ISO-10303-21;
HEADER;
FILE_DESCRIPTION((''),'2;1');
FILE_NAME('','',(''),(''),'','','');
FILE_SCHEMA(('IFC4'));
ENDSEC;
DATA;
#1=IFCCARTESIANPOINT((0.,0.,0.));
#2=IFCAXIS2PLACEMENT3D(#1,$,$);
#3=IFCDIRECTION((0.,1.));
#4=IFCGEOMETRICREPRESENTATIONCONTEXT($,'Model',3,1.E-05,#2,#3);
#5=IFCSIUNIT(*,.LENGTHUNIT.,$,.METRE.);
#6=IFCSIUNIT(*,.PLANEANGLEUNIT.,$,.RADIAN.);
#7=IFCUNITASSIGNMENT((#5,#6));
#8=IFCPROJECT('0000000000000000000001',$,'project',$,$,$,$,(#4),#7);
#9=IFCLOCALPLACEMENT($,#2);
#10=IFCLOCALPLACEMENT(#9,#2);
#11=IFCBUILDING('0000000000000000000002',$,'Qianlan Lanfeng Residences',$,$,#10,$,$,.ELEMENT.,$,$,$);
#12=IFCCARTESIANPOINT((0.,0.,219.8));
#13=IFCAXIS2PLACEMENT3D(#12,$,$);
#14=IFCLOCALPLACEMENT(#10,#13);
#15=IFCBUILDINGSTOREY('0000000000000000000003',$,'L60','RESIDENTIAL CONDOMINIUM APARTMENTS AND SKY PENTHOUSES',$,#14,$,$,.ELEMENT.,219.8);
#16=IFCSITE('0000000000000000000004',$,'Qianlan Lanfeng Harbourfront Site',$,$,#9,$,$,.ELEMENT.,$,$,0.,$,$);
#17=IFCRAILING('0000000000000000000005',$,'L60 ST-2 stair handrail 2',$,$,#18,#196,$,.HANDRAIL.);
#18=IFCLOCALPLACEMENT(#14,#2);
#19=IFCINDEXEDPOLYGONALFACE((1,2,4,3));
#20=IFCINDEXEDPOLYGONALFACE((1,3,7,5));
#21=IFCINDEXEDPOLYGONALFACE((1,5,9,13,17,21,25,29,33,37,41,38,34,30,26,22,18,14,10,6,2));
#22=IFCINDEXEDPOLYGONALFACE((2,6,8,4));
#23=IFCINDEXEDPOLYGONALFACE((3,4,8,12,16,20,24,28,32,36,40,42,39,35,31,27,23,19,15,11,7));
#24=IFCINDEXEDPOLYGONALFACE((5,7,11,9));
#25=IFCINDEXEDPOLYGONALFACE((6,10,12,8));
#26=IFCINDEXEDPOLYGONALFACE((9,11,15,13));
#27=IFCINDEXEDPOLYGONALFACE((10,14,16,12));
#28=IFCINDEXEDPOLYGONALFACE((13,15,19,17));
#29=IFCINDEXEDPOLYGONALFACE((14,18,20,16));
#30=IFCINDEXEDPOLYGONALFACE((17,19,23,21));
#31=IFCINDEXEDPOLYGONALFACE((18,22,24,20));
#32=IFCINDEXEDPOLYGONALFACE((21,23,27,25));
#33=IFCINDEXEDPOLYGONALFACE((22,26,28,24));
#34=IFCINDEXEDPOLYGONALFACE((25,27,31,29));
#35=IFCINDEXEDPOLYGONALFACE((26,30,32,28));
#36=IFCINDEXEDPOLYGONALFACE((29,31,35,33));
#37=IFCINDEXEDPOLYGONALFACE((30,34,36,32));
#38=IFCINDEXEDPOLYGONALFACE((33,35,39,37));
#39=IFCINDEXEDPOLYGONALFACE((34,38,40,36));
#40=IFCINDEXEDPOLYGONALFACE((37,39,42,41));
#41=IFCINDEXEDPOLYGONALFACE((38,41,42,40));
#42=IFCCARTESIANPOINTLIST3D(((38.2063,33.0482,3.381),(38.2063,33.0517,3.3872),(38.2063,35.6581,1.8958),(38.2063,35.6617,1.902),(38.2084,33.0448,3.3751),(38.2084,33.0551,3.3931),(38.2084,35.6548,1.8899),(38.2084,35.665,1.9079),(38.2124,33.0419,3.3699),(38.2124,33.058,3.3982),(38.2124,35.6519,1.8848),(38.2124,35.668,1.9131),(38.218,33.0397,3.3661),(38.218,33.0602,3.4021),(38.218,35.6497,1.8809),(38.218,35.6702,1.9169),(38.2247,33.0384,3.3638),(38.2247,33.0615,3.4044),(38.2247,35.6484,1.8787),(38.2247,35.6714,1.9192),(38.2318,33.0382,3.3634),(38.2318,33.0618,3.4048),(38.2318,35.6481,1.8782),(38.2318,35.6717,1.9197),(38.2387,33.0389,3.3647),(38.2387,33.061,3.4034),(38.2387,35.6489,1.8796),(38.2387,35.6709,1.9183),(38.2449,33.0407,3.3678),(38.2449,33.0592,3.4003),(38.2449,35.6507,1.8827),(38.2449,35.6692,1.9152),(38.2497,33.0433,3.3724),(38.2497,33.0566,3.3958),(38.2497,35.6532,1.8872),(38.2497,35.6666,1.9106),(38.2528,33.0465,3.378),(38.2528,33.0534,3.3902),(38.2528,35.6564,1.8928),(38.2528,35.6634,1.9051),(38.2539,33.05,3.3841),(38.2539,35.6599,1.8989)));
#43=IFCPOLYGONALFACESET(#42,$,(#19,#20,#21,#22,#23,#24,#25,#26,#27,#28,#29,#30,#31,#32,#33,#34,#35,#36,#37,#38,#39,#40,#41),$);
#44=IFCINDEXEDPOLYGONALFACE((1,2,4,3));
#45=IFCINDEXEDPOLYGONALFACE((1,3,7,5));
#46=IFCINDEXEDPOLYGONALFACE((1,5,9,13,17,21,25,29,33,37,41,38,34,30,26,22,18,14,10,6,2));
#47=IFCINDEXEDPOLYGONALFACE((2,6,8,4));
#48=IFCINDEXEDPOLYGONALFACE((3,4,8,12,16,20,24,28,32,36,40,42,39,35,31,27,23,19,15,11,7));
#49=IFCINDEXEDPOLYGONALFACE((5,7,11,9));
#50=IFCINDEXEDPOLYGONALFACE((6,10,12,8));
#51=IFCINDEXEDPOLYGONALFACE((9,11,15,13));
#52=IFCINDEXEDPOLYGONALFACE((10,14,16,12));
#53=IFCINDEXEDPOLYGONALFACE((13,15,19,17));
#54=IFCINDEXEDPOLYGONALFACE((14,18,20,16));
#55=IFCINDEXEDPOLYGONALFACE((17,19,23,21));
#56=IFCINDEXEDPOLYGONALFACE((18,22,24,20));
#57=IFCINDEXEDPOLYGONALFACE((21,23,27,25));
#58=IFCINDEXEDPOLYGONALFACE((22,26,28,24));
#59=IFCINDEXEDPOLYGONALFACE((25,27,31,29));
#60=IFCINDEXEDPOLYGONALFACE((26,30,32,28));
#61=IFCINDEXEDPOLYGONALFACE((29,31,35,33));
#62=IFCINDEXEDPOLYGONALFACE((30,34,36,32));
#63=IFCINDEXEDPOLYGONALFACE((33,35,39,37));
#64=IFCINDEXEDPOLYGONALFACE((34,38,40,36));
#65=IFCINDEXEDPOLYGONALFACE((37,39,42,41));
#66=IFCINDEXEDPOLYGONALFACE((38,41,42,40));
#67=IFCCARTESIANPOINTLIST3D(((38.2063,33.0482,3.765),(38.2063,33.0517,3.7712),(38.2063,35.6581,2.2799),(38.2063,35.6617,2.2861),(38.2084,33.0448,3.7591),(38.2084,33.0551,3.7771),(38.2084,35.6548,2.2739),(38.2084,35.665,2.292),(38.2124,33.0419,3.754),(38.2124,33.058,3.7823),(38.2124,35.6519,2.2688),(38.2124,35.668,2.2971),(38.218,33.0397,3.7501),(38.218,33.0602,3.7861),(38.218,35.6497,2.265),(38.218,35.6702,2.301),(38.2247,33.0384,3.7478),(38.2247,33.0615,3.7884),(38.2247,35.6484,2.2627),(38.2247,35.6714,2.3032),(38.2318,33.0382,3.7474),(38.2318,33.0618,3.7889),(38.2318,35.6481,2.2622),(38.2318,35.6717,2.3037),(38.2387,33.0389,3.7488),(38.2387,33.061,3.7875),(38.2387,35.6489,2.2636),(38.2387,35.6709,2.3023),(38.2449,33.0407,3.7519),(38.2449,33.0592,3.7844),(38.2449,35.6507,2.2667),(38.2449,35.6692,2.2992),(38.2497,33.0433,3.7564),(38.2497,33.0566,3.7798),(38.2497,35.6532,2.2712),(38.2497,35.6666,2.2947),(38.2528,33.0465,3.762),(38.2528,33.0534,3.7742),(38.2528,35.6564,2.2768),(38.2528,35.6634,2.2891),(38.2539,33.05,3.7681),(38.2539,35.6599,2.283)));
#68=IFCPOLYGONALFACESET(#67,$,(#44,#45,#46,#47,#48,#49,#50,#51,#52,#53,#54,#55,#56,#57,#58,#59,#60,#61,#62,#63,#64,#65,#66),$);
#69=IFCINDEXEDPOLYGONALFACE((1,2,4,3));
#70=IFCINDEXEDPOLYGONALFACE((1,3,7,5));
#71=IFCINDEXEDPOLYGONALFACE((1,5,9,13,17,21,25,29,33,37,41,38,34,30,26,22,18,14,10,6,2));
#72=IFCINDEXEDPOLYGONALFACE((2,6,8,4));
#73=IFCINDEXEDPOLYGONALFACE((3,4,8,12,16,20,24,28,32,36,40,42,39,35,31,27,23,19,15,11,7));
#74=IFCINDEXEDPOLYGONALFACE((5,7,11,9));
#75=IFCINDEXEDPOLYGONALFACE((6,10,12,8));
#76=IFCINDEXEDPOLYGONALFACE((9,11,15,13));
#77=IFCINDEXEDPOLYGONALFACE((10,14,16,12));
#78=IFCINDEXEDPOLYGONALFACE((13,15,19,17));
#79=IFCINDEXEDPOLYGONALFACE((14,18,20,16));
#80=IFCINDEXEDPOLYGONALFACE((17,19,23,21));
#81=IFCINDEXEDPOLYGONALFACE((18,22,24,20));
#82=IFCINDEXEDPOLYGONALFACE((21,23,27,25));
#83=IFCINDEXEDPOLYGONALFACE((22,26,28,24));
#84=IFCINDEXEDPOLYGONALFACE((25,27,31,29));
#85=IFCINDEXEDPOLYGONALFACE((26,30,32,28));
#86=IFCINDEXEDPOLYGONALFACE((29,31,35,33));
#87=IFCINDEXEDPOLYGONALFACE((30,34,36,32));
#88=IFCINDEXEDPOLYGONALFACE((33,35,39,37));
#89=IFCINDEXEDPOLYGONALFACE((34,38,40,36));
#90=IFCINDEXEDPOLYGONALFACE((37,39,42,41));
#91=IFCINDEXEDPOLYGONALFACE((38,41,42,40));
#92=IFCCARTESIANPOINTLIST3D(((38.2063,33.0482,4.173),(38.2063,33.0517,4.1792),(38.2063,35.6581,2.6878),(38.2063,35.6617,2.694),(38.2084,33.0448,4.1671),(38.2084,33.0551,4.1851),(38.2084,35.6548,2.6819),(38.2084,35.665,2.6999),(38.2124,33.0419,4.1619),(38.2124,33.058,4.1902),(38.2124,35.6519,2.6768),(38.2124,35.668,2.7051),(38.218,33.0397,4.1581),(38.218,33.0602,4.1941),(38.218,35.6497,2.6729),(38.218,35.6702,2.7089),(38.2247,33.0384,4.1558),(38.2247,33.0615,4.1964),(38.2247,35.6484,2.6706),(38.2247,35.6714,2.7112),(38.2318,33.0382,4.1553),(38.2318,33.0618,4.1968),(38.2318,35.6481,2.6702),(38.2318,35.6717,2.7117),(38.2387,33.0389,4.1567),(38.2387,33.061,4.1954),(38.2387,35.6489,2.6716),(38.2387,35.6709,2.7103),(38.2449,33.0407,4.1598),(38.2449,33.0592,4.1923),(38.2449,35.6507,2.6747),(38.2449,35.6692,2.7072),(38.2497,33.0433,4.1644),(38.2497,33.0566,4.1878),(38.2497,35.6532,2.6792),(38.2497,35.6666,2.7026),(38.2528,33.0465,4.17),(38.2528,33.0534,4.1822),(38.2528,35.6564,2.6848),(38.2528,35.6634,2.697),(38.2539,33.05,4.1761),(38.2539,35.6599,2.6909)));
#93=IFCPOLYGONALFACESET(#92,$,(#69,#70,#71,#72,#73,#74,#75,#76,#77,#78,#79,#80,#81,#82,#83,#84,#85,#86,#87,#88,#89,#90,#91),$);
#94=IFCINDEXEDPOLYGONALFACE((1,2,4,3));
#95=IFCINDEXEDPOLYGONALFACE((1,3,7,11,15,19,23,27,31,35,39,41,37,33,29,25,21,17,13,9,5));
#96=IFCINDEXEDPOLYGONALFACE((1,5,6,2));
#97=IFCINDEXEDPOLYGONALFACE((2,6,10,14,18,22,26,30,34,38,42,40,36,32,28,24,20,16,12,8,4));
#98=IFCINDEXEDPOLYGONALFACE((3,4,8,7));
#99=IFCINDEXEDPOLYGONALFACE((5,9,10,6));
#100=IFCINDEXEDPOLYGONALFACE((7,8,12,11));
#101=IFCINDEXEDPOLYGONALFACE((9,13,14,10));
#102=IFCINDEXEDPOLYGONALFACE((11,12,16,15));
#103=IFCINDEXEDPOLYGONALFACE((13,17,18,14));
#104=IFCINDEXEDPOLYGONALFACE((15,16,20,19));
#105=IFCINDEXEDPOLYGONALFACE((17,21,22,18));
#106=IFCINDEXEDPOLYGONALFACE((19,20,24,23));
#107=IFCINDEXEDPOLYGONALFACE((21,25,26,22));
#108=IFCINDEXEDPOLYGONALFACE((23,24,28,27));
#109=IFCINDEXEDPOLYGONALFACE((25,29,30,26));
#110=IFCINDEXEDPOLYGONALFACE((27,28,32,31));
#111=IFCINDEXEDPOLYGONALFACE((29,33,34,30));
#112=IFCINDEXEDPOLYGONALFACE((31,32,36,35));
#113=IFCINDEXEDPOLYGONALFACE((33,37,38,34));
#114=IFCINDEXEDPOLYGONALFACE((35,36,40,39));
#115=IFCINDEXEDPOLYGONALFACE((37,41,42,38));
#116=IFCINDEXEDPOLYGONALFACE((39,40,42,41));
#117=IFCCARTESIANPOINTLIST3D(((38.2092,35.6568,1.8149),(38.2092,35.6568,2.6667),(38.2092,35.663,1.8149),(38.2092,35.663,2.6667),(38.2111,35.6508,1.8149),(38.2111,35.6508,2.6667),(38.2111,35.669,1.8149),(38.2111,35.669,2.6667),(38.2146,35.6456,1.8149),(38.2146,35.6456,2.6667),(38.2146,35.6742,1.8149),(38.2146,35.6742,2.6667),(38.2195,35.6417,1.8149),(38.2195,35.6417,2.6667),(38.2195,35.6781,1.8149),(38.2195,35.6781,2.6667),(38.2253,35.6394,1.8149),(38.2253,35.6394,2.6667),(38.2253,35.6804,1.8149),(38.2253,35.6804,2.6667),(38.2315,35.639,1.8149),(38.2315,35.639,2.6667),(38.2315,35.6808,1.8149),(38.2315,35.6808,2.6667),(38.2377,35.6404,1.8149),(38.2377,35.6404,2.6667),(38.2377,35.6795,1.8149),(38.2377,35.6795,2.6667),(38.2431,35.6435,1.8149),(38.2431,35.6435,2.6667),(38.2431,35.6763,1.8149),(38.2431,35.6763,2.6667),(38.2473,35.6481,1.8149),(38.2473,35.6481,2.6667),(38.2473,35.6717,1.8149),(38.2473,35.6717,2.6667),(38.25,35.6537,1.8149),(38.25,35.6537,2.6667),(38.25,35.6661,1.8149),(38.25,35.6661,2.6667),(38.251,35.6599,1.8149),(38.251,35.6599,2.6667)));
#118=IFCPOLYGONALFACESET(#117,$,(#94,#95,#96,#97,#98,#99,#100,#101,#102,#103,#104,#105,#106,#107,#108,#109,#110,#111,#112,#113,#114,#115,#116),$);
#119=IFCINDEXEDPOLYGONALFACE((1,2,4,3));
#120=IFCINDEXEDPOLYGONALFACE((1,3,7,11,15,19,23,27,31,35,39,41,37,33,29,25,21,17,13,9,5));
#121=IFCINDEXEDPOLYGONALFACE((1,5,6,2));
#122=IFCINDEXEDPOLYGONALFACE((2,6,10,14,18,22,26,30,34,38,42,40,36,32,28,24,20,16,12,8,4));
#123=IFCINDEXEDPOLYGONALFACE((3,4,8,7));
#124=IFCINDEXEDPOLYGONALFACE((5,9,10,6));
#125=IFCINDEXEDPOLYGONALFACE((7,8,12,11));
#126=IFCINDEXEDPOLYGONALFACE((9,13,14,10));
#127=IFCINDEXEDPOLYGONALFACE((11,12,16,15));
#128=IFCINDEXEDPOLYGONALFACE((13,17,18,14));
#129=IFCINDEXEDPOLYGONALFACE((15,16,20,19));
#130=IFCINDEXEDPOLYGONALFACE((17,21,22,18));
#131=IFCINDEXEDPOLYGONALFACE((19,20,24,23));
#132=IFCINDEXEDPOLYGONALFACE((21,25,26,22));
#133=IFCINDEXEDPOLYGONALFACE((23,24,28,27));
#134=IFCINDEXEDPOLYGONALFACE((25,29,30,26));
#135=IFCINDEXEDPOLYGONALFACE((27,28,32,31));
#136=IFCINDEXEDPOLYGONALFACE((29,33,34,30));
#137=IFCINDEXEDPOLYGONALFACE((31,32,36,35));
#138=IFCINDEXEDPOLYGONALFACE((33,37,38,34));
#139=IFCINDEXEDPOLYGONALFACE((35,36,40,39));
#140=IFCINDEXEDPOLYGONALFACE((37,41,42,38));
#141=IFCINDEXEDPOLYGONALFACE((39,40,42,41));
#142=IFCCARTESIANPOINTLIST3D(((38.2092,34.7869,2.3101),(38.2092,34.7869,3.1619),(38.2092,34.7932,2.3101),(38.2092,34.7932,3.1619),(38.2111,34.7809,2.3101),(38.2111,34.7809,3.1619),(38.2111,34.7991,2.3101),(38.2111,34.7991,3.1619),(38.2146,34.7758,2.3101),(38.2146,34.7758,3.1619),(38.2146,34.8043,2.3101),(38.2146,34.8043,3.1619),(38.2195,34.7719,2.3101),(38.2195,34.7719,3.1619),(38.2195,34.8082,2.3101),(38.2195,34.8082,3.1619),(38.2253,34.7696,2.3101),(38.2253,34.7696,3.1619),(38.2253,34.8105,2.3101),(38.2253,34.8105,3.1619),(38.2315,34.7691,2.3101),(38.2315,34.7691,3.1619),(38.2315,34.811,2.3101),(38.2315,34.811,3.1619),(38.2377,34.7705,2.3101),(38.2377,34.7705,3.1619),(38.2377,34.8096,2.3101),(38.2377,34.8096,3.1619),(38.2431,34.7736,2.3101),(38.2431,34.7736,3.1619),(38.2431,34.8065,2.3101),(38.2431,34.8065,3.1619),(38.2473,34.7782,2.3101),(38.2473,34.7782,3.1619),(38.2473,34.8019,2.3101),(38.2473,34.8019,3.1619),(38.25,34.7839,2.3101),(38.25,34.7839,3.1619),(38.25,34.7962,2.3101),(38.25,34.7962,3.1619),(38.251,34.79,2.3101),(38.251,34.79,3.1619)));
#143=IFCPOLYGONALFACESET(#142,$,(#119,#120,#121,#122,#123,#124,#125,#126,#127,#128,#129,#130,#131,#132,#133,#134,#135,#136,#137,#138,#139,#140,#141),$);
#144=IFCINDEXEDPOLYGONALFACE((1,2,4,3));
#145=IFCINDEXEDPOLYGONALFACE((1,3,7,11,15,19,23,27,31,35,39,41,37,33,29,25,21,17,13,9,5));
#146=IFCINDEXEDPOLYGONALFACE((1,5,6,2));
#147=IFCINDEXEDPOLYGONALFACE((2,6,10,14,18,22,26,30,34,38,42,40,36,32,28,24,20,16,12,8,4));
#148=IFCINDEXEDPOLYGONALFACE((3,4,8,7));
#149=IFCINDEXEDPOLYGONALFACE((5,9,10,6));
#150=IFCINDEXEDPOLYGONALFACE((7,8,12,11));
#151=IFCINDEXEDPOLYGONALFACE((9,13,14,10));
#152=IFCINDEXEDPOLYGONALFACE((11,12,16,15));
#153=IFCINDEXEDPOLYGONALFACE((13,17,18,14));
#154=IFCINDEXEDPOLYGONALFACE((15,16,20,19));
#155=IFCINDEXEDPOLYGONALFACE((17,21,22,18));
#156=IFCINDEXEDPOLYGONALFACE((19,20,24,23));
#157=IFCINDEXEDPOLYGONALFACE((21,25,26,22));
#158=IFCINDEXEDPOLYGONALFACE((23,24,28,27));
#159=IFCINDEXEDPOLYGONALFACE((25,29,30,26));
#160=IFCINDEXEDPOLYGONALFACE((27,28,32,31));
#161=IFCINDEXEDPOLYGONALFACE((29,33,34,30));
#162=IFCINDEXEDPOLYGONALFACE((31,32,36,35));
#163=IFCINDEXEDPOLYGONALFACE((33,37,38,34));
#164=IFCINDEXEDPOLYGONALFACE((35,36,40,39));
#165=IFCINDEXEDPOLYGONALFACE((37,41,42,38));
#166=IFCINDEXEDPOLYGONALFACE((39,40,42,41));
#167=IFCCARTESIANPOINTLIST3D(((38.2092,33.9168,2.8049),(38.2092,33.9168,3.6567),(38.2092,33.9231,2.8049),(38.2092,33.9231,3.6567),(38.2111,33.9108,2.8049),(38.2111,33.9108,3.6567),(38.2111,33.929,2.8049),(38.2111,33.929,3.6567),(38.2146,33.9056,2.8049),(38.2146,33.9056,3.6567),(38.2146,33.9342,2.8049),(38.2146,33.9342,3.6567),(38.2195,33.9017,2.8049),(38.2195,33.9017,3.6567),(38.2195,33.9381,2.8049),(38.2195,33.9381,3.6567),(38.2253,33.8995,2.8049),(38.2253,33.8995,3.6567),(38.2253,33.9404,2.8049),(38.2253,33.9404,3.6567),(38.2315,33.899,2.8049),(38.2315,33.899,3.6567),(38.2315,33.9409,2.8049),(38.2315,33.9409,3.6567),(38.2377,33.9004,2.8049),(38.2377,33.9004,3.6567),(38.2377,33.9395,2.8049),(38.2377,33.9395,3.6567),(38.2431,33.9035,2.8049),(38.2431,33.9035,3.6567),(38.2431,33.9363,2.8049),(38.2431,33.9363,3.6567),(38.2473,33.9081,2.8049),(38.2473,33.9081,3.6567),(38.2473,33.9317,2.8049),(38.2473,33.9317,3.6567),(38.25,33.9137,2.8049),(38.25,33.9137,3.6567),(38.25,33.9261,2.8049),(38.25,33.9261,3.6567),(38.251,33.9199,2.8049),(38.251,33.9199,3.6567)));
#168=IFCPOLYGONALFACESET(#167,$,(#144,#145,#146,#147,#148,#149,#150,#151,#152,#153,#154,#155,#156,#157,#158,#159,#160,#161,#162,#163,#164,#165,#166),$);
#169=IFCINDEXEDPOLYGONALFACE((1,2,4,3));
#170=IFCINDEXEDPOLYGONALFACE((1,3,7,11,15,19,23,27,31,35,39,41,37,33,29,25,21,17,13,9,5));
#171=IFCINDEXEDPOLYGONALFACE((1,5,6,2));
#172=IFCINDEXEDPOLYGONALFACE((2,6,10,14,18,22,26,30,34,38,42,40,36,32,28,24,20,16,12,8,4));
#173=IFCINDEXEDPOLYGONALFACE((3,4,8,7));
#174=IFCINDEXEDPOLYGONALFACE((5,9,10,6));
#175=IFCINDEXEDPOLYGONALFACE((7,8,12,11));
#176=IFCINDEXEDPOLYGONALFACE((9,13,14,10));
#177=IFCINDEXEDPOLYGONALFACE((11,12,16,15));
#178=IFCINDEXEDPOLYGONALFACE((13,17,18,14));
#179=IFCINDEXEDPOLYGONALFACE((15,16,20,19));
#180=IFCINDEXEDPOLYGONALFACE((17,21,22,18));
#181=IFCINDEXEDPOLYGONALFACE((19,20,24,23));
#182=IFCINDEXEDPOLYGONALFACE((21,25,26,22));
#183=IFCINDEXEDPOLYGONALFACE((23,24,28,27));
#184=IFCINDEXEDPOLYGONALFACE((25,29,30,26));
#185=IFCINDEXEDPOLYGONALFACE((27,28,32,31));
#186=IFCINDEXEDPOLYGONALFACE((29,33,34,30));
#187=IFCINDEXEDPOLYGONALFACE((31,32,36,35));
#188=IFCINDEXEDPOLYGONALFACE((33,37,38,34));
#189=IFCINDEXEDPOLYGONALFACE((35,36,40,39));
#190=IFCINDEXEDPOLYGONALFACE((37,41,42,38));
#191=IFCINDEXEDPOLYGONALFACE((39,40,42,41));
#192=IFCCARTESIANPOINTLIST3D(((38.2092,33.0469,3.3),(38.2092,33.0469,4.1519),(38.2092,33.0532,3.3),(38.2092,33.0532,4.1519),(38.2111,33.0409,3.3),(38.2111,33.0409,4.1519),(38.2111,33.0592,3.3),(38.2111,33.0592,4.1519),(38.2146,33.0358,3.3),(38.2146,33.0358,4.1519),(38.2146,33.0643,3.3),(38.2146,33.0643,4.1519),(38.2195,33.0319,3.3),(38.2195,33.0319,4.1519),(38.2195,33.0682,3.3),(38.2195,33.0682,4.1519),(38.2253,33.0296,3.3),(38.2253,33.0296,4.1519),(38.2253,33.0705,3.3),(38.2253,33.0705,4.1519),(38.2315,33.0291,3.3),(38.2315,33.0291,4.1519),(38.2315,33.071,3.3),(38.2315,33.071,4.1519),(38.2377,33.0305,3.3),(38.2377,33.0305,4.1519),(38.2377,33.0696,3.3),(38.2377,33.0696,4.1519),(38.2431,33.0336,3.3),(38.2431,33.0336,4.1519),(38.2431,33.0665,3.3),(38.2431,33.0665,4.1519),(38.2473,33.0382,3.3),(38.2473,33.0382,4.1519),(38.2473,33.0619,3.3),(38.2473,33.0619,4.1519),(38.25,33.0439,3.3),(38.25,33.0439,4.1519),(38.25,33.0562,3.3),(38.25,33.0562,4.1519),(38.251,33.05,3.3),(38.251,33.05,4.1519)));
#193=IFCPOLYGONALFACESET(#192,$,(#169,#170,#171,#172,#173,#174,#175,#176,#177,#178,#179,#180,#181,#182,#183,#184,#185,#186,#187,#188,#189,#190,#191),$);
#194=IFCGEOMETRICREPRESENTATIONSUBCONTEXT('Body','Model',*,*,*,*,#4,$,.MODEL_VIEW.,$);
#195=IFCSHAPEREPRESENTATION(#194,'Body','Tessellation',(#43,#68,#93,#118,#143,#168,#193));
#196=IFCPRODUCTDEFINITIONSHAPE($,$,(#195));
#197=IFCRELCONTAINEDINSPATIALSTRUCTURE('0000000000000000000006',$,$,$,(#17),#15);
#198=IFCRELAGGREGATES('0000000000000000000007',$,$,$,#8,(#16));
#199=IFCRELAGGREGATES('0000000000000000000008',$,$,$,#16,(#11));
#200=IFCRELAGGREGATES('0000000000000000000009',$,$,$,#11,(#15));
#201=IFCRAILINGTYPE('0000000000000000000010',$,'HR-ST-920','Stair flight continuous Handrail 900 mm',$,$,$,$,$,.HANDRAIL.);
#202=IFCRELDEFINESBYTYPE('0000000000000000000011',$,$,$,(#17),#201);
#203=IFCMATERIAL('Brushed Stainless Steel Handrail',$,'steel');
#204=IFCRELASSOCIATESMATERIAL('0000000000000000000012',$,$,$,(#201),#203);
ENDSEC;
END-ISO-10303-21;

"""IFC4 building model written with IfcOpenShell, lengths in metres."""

from ifc_helpers import new_model, si_unit, direction, frame, origin, origin_2d, place, context, subcontext, project, spatial, circle, extrude, material, type_object, element, save


model = new_model("IFC4")

# Units and contexts
model_context = context("Model", 3, precision=1e-05, world=origin(), true_north=direction((0.0, 1.0)))
body_context = subcontext(model_context, "Body", "Model", "MODEL_VIEW")
ifc_project = project(units=[si_unit("LENGTHUNIT", "METRE"), si_unit("PLANEANGLEUNIT", "RADIAN")], contexts=[model_context])

# Site, building, storey
site_placement = place(None, origin())
site = spatial("IfcSite", under=ifc_project, at=site_placement, Name="Qianlan Lanfeng Harbourfront Site", CompositionType="ELEMENT", RefElevation=0.0)
building_placement = place(site_placement, origin())
building = spatial("IfcBuilding", under=site, at=building_placement, Name="Qianlan Lanfeng Residences", CompositionType="ELEMENT")
storey_placement = place(building_placement, frame((0.0, 0.0, 219.8)))
storey = spatial("IfcBuildingStorey", under=building, at=storey_placement, Name="L60", Description="RESIDENTIAL CONDOMINIUM APARTMENTS AND SKY PENTHOUSES", CompositionType="ELEMENT", Elevation=219.8)

# Railing
ifc_material_1 = material(Name="Brushed Stainless Steel Handrail", Category="steel")
railing_type_1 = type_object("IfcRailingType", Name="HR-ST-920", Description="Stair flight continuous Handrail 900 mm", PredefinedType="HANDRAIL", material=ifc_material_1)
railing_1_placement = place(storey_placement, frame((38.23, 35.6599, 1.8149)))
element("IfcRailing", 1, at=railing_1_placement, inside=storey, type_object=railing_type_1, Name="L60 ST-2 stair handrail 2", PredefinedType="HANDRAIL", context=body_context, shape_type="SweptSolid", body=[
    extrude(circle(Radius=0.0239, at=origin_2d()), frame((0.0, 0.0, 0.084), z_axis=(0.0, -0.869137, 0.494571), x_axis=(1.0, 0.0, 0.0)), (0.0, 0.0, 1.0), 3.0029),
    extrude(circle(Radius=0.0239, at=origin_2d()), frame((0.0, 0.0, 0.468), z_axis=(0.0, -0.869137, 0.494571), x_axis=(1.0, 0.0, 0.0)), (0.0, 0.0, 1.0), 3.0029),
    extrude(circle(Radius=0.0239, at=origin_2d()), frame((0.0, 0.0, 0.876), z_axis=(0.0, -0.869137, 0.494571), x_axis=(1.0, 0.0, 0.0)), (0.0, 0.0, 1.0), 3.0029),
    extrude(circle(Radius=0.021, at=origin_2d()), origin(), (0.0, 0.0, 1.0), 0.8518),
    extrude(circle(Radius=0.021, at=origin_2d()), frame((0.0, -0.8699, 0.4951)), (0.0, 0.0, 1.0), 0.8518),
    extrude(circle(Radius=0.021, at=origin_2d()), frame((0.0, -1.74, 0.99)), (0.0, 0.0, 1.0), 0.8518),
    extrude(circle(Radius=0.021, at=origin_2d()), frame((0.0, -2.6099, 1.4851)), (0.0, 0.0, 1.0), 0.8518),
])

save(model, "model.ifc")
